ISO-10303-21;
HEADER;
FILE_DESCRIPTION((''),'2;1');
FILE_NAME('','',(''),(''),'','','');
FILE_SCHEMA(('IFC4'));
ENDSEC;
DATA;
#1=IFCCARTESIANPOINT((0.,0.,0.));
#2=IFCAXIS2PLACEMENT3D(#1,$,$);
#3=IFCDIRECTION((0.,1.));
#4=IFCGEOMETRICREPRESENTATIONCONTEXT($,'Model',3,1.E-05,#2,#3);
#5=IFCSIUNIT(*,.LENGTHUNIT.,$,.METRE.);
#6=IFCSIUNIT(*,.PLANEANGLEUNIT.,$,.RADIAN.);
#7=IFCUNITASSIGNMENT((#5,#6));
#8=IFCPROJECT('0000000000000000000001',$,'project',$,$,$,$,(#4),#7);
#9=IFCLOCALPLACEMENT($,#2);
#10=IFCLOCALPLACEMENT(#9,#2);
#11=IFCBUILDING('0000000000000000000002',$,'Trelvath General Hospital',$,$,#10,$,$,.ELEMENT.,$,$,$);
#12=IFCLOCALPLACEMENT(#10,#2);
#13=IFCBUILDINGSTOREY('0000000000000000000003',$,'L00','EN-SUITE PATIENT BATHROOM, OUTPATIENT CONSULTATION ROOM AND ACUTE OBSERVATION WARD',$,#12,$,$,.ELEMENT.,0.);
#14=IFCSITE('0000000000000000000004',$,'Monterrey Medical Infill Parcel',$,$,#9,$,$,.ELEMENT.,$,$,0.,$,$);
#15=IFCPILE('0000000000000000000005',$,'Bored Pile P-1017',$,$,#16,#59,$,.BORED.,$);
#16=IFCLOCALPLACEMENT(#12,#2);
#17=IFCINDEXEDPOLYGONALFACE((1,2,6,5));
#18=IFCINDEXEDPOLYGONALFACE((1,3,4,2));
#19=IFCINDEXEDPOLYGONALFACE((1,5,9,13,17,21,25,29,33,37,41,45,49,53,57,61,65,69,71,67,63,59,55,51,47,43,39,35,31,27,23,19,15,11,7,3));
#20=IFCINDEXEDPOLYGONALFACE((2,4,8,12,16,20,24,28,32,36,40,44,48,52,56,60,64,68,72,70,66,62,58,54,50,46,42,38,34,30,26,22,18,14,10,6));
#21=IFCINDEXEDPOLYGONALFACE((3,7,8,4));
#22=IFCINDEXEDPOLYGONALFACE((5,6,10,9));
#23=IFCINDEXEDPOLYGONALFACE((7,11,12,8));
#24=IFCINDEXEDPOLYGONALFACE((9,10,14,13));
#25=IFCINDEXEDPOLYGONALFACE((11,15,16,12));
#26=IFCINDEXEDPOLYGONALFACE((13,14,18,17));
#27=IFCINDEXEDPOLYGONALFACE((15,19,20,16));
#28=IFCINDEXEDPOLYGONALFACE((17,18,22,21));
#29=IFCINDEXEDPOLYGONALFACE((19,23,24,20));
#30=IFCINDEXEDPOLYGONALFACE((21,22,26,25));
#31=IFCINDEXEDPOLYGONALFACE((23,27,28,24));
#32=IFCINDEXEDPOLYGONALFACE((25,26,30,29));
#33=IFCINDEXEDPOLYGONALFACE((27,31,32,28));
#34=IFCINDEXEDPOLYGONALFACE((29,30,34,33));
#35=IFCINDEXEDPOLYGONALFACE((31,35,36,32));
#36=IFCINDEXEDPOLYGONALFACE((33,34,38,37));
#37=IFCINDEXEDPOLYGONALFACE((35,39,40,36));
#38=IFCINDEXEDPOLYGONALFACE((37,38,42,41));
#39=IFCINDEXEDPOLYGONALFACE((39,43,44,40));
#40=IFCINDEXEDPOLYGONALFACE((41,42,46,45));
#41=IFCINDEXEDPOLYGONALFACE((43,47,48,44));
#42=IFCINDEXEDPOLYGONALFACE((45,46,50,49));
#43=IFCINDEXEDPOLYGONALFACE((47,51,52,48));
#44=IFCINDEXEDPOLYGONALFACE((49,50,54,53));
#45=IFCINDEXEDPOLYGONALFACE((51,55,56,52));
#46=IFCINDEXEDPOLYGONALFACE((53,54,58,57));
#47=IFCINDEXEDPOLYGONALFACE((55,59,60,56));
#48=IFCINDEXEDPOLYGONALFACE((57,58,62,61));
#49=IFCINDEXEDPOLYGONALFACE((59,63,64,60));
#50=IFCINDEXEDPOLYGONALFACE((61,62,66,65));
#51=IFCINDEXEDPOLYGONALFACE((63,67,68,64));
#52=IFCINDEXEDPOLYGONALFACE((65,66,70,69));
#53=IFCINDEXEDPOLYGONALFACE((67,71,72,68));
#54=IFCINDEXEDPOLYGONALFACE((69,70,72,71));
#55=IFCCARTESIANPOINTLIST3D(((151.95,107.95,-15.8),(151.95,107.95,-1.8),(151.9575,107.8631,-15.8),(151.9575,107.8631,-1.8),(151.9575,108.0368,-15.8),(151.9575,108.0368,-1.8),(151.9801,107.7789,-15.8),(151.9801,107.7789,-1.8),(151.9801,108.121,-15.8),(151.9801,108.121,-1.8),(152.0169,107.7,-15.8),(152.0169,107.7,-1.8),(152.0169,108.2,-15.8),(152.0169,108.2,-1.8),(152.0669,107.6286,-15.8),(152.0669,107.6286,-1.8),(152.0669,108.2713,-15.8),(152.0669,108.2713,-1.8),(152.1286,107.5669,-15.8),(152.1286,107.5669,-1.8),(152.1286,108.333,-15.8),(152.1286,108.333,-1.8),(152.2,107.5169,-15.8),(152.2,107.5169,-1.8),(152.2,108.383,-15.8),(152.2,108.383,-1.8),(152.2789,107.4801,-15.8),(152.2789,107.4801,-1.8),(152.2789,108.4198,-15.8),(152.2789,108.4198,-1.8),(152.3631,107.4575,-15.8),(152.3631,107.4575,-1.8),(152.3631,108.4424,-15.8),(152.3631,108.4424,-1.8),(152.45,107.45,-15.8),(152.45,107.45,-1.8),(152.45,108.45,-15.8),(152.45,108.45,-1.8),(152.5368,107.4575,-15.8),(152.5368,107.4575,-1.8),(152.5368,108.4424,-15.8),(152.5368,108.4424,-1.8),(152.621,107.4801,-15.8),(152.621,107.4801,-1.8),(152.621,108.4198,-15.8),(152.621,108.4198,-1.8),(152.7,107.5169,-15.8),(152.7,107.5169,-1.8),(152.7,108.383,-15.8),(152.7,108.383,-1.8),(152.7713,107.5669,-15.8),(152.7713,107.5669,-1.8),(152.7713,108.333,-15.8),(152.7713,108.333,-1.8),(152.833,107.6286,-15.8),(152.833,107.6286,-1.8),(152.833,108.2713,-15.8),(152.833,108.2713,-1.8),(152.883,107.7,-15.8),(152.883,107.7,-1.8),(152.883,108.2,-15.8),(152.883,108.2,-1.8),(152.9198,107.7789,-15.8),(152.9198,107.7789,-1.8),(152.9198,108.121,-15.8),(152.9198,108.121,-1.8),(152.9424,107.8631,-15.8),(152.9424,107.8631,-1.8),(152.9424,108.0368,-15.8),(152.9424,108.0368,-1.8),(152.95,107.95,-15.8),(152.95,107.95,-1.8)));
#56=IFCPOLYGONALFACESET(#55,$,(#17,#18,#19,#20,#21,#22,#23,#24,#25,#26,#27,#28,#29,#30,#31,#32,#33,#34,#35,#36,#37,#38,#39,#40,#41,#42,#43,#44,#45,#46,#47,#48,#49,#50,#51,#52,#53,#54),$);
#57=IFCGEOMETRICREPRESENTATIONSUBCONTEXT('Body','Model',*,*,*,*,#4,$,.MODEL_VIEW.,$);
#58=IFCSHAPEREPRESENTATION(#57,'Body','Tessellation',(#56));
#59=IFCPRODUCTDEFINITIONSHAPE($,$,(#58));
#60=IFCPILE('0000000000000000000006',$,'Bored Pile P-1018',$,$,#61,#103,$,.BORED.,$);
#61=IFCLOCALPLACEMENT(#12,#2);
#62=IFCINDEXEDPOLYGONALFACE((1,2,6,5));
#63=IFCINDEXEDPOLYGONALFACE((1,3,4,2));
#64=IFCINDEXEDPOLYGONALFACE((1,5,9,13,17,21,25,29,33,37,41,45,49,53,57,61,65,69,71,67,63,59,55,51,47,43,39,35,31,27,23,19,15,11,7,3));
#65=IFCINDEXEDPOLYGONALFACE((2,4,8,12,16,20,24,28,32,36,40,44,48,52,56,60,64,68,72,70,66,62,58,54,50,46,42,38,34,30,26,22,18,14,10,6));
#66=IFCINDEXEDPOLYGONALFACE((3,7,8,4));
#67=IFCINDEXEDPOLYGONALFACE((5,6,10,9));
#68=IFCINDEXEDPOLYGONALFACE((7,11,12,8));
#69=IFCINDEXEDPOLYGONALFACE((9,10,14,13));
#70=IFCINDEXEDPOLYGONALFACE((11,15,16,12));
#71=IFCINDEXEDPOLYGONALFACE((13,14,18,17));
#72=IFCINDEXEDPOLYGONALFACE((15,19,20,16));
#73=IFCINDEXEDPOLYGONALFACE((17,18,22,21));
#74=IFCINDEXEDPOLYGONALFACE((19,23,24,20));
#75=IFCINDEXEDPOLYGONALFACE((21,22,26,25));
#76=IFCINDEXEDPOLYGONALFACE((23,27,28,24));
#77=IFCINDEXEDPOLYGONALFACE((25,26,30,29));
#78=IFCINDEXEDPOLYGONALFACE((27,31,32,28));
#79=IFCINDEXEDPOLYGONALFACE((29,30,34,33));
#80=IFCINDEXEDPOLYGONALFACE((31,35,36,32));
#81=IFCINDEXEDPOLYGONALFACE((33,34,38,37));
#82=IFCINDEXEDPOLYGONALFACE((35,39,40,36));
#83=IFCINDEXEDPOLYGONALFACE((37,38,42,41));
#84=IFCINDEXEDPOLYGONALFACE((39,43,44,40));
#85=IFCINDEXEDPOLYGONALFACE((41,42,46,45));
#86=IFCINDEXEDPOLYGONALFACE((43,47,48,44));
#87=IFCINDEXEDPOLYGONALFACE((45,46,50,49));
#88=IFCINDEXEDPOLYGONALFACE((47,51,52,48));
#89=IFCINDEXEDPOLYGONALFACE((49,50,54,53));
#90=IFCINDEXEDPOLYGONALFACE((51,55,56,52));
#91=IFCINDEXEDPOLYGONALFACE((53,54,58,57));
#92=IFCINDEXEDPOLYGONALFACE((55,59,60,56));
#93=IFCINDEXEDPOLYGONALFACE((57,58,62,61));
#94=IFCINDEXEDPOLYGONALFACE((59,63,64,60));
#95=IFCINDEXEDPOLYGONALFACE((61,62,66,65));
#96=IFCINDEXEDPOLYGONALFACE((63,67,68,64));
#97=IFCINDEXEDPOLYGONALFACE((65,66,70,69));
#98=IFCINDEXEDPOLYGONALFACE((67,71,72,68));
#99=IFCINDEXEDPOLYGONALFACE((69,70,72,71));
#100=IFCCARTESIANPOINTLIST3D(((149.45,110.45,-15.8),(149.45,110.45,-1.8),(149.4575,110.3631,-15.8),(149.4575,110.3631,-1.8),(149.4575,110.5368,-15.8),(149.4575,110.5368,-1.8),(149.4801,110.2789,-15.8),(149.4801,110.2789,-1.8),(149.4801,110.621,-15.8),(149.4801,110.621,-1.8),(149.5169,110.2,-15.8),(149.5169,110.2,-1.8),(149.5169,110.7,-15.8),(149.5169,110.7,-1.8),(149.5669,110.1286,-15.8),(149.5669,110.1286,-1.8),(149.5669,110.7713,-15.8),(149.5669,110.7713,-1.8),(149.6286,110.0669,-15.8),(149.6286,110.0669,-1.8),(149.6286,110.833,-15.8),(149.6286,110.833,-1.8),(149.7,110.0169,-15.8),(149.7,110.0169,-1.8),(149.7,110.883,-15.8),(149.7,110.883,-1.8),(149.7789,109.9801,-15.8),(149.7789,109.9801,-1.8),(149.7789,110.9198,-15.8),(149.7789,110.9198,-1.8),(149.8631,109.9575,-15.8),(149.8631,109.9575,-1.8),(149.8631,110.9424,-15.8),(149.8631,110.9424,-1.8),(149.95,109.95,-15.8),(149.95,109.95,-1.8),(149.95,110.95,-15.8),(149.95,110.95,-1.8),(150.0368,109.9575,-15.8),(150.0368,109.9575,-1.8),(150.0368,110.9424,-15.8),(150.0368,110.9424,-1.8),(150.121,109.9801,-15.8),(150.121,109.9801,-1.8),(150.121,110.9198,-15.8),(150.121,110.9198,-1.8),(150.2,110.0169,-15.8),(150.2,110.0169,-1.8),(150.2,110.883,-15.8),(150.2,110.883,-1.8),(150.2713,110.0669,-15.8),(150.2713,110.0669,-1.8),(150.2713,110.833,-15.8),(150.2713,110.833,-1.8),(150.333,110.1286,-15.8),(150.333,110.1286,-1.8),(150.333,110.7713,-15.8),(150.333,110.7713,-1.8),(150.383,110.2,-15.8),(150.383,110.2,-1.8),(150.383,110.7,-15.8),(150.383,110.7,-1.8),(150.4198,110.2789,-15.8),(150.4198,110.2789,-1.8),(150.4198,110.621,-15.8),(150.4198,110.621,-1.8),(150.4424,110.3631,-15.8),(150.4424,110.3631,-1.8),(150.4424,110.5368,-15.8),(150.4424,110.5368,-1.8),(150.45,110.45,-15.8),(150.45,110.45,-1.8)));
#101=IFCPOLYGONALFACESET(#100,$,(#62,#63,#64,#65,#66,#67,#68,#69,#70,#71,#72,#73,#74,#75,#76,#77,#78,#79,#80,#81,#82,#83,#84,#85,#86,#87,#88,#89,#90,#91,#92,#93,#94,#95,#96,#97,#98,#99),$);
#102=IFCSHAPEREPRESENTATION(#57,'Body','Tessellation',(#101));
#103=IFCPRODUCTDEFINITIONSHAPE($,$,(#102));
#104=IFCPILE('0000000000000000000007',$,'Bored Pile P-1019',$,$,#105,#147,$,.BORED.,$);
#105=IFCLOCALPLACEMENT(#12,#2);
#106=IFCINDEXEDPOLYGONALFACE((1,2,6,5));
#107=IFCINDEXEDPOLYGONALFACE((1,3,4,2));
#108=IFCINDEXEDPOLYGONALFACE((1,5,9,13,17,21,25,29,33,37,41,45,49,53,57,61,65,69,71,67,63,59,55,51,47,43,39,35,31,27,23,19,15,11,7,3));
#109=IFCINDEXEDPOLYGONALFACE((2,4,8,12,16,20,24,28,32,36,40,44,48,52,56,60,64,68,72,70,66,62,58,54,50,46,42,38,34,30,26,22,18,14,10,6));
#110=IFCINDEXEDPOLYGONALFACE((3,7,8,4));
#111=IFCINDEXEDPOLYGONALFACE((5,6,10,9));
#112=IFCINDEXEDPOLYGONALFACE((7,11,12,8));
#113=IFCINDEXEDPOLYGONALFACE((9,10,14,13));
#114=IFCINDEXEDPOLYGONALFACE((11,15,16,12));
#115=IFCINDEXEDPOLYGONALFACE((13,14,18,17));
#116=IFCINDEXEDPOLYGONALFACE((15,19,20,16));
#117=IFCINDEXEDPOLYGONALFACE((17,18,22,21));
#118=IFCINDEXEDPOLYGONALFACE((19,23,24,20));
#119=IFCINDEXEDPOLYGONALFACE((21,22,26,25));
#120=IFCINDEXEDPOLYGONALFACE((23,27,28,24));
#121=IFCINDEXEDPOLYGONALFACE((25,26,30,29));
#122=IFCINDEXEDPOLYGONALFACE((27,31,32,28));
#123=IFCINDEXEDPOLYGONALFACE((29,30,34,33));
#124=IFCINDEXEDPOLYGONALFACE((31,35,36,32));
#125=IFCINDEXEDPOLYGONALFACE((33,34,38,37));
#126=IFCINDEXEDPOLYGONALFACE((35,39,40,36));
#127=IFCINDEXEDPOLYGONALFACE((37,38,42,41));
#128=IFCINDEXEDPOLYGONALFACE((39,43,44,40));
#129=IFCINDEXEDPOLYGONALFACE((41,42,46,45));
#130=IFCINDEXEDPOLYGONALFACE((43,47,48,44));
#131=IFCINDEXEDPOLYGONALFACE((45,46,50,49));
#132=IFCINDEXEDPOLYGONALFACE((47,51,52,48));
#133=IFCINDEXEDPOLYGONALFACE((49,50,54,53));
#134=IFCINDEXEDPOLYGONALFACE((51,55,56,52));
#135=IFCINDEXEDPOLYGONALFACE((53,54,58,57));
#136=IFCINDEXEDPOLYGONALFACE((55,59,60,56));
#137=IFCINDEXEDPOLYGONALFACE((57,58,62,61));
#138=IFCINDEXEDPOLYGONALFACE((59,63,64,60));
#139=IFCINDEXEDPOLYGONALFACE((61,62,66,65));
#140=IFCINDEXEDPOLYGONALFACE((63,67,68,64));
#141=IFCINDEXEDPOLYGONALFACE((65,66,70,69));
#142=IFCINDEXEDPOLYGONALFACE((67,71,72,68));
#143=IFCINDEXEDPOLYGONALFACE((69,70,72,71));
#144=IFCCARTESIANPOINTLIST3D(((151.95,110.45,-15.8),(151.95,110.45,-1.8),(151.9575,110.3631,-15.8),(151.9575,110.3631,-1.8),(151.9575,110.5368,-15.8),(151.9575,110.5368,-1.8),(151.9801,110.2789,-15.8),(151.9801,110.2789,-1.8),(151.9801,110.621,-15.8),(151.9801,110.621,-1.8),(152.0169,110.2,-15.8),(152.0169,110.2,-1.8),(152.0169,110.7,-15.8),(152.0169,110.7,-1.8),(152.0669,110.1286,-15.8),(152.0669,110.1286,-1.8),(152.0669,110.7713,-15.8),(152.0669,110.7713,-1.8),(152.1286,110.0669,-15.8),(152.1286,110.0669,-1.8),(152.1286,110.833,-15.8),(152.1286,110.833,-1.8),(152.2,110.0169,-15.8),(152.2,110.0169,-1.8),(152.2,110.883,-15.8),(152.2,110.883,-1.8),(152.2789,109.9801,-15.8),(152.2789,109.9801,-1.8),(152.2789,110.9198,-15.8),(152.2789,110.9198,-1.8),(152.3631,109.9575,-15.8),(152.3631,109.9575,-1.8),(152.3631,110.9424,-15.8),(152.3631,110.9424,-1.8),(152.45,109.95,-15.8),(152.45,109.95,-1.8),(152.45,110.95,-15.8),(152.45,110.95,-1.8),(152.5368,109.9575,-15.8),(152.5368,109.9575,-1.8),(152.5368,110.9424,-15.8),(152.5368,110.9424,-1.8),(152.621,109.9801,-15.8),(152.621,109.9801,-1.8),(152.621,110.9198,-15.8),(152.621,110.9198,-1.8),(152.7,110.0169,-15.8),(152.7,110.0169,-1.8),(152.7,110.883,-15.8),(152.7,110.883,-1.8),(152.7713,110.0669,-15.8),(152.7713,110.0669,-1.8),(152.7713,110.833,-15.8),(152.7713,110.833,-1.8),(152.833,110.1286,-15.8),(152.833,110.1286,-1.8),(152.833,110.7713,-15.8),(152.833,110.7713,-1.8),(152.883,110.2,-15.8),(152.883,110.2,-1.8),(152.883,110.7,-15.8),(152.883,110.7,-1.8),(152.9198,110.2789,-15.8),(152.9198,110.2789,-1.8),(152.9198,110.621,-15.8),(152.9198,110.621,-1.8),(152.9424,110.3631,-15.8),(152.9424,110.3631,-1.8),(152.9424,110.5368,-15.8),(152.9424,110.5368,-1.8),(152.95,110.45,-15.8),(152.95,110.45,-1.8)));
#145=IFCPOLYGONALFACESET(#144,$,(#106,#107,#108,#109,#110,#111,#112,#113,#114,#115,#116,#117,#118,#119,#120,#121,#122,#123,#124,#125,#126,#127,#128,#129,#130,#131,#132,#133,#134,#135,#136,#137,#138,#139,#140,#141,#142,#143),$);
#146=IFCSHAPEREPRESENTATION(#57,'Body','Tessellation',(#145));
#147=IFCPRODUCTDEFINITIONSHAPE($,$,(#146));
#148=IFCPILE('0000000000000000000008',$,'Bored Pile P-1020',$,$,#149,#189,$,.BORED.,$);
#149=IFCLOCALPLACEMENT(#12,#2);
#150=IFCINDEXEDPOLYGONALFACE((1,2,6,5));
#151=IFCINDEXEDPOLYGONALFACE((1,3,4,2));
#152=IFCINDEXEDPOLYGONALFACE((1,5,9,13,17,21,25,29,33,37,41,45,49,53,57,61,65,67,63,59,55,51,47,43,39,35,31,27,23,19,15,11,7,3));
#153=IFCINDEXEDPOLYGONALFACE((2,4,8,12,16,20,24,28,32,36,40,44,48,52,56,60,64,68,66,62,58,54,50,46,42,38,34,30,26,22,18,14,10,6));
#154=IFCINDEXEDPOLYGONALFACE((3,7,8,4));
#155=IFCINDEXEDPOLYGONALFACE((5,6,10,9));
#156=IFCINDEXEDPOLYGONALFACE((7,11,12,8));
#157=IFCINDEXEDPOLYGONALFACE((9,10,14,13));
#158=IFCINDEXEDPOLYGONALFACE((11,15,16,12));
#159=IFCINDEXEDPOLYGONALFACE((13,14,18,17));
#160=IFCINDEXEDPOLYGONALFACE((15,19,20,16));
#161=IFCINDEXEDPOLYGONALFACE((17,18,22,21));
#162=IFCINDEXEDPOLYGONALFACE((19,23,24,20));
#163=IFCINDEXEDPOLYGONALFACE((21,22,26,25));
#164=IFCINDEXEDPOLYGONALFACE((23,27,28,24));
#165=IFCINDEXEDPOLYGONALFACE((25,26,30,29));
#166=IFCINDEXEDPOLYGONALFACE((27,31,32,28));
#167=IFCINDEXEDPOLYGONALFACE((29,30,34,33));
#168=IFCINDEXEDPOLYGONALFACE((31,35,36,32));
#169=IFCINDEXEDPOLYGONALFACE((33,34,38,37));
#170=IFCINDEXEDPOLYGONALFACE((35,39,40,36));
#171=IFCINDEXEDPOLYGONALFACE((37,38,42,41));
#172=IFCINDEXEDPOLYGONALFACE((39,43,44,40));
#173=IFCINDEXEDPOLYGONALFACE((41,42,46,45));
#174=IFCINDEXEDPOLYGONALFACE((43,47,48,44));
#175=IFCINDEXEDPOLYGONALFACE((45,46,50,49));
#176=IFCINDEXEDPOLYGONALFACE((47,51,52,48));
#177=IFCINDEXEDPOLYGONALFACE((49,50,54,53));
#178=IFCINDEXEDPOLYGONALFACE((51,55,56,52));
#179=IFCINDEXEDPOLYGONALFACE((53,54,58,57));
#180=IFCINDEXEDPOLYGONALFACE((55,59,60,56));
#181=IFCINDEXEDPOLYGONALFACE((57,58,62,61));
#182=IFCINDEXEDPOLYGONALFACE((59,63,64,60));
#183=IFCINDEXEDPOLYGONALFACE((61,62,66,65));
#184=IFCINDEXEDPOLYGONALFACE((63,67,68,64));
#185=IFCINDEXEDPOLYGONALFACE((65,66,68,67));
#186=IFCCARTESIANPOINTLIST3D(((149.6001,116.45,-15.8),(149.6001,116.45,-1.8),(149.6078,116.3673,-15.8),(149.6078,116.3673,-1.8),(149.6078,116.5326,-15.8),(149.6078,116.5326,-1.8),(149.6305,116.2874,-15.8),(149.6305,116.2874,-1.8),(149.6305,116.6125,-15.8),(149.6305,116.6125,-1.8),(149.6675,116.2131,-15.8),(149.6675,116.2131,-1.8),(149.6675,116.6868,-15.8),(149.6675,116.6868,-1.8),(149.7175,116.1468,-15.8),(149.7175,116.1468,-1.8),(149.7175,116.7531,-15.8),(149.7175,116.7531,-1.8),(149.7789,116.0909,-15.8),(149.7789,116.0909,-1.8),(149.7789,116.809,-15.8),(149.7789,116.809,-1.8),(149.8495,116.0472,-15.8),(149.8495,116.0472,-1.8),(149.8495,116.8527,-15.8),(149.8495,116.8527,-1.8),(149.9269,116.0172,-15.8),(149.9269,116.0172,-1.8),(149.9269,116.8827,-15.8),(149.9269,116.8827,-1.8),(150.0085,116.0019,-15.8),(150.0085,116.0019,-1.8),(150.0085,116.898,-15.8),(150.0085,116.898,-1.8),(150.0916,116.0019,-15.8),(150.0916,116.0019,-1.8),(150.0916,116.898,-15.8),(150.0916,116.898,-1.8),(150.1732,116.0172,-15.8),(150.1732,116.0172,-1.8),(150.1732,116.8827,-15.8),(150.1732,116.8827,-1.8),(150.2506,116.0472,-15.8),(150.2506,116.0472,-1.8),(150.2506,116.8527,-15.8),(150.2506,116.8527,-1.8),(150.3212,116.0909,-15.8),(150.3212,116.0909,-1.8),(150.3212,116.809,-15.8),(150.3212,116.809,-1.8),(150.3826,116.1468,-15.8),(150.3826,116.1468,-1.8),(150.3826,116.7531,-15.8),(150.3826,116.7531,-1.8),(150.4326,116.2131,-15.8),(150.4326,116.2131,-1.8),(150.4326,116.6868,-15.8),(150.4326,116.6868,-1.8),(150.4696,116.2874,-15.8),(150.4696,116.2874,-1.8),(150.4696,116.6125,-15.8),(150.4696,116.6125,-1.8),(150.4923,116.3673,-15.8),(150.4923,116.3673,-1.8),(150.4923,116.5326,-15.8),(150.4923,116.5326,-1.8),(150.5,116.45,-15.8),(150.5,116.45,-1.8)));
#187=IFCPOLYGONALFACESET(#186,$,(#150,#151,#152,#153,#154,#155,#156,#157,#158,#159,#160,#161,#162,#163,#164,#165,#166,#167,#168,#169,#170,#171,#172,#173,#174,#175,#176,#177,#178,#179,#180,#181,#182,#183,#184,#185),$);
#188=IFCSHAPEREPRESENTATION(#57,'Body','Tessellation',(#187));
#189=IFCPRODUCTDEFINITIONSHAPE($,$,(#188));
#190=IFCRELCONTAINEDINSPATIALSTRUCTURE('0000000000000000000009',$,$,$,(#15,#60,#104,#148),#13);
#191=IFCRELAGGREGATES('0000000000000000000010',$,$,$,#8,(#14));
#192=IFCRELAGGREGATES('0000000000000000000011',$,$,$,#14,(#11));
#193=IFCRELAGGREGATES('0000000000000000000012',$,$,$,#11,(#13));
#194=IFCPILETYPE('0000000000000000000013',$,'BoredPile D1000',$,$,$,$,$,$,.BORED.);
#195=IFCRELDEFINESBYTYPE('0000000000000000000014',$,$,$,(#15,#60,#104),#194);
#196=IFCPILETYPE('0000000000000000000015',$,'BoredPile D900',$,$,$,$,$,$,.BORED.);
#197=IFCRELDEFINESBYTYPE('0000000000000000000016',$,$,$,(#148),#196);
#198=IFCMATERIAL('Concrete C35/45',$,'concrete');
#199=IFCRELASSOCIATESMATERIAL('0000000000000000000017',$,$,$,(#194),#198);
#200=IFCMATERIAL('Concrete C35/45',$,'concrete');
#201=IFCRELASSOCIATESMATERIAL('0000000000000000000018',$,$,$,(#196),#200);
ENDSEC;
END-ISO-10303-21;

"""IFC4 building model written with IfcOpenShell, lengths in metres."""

from ifc_helpers import new_model, si_unit, direction, frame, origin, origin_2d, place, context, subcontext, project, spatial, circle, extrude, material, material_profile, profile_set, type_object, element, save


model = new_model("IFC4")

# Units and contexts
model_context = context("Model", 3, precision=1e-05, world=origin(), true_north=direction((0.0, 1.0)))
body_context = subcontext(model_context, "Body", "Model", "MODEL_VIEW")
ifc_project = project(units=[si_unit("LENGTHUNIT", "METRE"), si_unit("PLANEANGLEUNIT", "RADIAN")], contexts=[model_context])

# Site, building, storey
site_placement = place(None, origin())
site = spatial("IfcSite", under=ifc_project, at=site_placement, Name="Monterrey Medical Infill Parcel", CompositionType="ELEMENT", RefElevation=0.0)
building_placement = place(site_placement, origin())
building = spatial("IfcBuilding", under=site, at=building_placement, Name="Trelvath General Hospital", CompositionType="ELEMENT")
storey_placement = place(building_placement, origin())
storey = spatial("IfcBuildingStorey", under=building, at=storey_placement, Name="L00", Description="EN-SUITE PATIENT BATHROOM, OUTPATIENT CONSULTATION ROOM AND ACUTE OBSERVATION WARD", CompositionType="ELEMENT", Elevation=0.0)

# Piles
ifc_material_1 = material(Name="Concrete C35/45", Category="concrete")
ifc_material_profile_1 = material_profile(ifc_material_1, circle(Radius=0.5, at=origin_2d()), Name="PILE1000")
ifc_profile_set_1 = profile_set([ifc_material_profile_1], Name="Concrete C35/45")
pile_type_1 = type_object("IfcPileType", Name="BoredPile D1000", PredefinedType="BORED", material=ifc_profile_set_1)
for number, where, z_axis, x_axis, name in (
    (1, (152.45, 107.95, -1.8), (0.0, 0.0, -1.0), (1.0, 0.0, 0.0), "Bored Pile P-1017"),
    (2, (149.95, 110.45, -1.8), (0.0, 0.0, -1.0), (1.0, 0.0, 0.0), "Bored Pile P-1018"),
    (3, (152.45, 110.45, -1.8), (0.0, 0.0, -1.0), (1.0, 0.0, 0.0), "Bored Pile P-1019"),
):
    element("IfcPile", number, at=place(storey_placement, frame(where, z_axis=z_axis, x_axis=x_axis)), inside=storey, type_object=pile_type_1, Name=name, PredefinedType="BORED", context=body_context, shape_type="SweptSolid", body=[
        extrude(circle(Radius=0.5, at=origin_2d()), origin(), (0.0, 0.0, 1.0), 14.0),
    ])
ifc_material_2 = material(Name="Concrete C35/45", Category="concrete")
ifc_material_profile_2 = material_profile(ifc_material_2, circle(Radius=0.45, at=origin_2d()), Name="PILE900")
ifc_profile_set_2 = profile_set([ifc_material_profile_2], Name="Concrete C35/45")
pile_type_2 = type_object("IfcPileType", Name="BoredPile D900", PredefinedType="BORED", material=ifc_profile_set_2)
for number, where, z_axis, x_axis, name in (
    (4, (150.05, 116.45, -1.8), (0.0, 0.0, -1.0), (1.0, 0.0, 0.0), "Bored Pile P-1020"),
):
    element("IfcPile", number, at=place(storey_placement, frame(where, z_axis=z_axis, x_axis=x_axis)), inside=storey, type_object=pile_type_2, Name=name, PredefinedType="BORED", context=body_context, shape_type="SweptSolid", body=[
        extrude(circle(Radius=0.45, at=origin_2d()), origin(), (0.0, 0.0, 1.0), 14.0),
    ])

save(model, "model.ifc")
